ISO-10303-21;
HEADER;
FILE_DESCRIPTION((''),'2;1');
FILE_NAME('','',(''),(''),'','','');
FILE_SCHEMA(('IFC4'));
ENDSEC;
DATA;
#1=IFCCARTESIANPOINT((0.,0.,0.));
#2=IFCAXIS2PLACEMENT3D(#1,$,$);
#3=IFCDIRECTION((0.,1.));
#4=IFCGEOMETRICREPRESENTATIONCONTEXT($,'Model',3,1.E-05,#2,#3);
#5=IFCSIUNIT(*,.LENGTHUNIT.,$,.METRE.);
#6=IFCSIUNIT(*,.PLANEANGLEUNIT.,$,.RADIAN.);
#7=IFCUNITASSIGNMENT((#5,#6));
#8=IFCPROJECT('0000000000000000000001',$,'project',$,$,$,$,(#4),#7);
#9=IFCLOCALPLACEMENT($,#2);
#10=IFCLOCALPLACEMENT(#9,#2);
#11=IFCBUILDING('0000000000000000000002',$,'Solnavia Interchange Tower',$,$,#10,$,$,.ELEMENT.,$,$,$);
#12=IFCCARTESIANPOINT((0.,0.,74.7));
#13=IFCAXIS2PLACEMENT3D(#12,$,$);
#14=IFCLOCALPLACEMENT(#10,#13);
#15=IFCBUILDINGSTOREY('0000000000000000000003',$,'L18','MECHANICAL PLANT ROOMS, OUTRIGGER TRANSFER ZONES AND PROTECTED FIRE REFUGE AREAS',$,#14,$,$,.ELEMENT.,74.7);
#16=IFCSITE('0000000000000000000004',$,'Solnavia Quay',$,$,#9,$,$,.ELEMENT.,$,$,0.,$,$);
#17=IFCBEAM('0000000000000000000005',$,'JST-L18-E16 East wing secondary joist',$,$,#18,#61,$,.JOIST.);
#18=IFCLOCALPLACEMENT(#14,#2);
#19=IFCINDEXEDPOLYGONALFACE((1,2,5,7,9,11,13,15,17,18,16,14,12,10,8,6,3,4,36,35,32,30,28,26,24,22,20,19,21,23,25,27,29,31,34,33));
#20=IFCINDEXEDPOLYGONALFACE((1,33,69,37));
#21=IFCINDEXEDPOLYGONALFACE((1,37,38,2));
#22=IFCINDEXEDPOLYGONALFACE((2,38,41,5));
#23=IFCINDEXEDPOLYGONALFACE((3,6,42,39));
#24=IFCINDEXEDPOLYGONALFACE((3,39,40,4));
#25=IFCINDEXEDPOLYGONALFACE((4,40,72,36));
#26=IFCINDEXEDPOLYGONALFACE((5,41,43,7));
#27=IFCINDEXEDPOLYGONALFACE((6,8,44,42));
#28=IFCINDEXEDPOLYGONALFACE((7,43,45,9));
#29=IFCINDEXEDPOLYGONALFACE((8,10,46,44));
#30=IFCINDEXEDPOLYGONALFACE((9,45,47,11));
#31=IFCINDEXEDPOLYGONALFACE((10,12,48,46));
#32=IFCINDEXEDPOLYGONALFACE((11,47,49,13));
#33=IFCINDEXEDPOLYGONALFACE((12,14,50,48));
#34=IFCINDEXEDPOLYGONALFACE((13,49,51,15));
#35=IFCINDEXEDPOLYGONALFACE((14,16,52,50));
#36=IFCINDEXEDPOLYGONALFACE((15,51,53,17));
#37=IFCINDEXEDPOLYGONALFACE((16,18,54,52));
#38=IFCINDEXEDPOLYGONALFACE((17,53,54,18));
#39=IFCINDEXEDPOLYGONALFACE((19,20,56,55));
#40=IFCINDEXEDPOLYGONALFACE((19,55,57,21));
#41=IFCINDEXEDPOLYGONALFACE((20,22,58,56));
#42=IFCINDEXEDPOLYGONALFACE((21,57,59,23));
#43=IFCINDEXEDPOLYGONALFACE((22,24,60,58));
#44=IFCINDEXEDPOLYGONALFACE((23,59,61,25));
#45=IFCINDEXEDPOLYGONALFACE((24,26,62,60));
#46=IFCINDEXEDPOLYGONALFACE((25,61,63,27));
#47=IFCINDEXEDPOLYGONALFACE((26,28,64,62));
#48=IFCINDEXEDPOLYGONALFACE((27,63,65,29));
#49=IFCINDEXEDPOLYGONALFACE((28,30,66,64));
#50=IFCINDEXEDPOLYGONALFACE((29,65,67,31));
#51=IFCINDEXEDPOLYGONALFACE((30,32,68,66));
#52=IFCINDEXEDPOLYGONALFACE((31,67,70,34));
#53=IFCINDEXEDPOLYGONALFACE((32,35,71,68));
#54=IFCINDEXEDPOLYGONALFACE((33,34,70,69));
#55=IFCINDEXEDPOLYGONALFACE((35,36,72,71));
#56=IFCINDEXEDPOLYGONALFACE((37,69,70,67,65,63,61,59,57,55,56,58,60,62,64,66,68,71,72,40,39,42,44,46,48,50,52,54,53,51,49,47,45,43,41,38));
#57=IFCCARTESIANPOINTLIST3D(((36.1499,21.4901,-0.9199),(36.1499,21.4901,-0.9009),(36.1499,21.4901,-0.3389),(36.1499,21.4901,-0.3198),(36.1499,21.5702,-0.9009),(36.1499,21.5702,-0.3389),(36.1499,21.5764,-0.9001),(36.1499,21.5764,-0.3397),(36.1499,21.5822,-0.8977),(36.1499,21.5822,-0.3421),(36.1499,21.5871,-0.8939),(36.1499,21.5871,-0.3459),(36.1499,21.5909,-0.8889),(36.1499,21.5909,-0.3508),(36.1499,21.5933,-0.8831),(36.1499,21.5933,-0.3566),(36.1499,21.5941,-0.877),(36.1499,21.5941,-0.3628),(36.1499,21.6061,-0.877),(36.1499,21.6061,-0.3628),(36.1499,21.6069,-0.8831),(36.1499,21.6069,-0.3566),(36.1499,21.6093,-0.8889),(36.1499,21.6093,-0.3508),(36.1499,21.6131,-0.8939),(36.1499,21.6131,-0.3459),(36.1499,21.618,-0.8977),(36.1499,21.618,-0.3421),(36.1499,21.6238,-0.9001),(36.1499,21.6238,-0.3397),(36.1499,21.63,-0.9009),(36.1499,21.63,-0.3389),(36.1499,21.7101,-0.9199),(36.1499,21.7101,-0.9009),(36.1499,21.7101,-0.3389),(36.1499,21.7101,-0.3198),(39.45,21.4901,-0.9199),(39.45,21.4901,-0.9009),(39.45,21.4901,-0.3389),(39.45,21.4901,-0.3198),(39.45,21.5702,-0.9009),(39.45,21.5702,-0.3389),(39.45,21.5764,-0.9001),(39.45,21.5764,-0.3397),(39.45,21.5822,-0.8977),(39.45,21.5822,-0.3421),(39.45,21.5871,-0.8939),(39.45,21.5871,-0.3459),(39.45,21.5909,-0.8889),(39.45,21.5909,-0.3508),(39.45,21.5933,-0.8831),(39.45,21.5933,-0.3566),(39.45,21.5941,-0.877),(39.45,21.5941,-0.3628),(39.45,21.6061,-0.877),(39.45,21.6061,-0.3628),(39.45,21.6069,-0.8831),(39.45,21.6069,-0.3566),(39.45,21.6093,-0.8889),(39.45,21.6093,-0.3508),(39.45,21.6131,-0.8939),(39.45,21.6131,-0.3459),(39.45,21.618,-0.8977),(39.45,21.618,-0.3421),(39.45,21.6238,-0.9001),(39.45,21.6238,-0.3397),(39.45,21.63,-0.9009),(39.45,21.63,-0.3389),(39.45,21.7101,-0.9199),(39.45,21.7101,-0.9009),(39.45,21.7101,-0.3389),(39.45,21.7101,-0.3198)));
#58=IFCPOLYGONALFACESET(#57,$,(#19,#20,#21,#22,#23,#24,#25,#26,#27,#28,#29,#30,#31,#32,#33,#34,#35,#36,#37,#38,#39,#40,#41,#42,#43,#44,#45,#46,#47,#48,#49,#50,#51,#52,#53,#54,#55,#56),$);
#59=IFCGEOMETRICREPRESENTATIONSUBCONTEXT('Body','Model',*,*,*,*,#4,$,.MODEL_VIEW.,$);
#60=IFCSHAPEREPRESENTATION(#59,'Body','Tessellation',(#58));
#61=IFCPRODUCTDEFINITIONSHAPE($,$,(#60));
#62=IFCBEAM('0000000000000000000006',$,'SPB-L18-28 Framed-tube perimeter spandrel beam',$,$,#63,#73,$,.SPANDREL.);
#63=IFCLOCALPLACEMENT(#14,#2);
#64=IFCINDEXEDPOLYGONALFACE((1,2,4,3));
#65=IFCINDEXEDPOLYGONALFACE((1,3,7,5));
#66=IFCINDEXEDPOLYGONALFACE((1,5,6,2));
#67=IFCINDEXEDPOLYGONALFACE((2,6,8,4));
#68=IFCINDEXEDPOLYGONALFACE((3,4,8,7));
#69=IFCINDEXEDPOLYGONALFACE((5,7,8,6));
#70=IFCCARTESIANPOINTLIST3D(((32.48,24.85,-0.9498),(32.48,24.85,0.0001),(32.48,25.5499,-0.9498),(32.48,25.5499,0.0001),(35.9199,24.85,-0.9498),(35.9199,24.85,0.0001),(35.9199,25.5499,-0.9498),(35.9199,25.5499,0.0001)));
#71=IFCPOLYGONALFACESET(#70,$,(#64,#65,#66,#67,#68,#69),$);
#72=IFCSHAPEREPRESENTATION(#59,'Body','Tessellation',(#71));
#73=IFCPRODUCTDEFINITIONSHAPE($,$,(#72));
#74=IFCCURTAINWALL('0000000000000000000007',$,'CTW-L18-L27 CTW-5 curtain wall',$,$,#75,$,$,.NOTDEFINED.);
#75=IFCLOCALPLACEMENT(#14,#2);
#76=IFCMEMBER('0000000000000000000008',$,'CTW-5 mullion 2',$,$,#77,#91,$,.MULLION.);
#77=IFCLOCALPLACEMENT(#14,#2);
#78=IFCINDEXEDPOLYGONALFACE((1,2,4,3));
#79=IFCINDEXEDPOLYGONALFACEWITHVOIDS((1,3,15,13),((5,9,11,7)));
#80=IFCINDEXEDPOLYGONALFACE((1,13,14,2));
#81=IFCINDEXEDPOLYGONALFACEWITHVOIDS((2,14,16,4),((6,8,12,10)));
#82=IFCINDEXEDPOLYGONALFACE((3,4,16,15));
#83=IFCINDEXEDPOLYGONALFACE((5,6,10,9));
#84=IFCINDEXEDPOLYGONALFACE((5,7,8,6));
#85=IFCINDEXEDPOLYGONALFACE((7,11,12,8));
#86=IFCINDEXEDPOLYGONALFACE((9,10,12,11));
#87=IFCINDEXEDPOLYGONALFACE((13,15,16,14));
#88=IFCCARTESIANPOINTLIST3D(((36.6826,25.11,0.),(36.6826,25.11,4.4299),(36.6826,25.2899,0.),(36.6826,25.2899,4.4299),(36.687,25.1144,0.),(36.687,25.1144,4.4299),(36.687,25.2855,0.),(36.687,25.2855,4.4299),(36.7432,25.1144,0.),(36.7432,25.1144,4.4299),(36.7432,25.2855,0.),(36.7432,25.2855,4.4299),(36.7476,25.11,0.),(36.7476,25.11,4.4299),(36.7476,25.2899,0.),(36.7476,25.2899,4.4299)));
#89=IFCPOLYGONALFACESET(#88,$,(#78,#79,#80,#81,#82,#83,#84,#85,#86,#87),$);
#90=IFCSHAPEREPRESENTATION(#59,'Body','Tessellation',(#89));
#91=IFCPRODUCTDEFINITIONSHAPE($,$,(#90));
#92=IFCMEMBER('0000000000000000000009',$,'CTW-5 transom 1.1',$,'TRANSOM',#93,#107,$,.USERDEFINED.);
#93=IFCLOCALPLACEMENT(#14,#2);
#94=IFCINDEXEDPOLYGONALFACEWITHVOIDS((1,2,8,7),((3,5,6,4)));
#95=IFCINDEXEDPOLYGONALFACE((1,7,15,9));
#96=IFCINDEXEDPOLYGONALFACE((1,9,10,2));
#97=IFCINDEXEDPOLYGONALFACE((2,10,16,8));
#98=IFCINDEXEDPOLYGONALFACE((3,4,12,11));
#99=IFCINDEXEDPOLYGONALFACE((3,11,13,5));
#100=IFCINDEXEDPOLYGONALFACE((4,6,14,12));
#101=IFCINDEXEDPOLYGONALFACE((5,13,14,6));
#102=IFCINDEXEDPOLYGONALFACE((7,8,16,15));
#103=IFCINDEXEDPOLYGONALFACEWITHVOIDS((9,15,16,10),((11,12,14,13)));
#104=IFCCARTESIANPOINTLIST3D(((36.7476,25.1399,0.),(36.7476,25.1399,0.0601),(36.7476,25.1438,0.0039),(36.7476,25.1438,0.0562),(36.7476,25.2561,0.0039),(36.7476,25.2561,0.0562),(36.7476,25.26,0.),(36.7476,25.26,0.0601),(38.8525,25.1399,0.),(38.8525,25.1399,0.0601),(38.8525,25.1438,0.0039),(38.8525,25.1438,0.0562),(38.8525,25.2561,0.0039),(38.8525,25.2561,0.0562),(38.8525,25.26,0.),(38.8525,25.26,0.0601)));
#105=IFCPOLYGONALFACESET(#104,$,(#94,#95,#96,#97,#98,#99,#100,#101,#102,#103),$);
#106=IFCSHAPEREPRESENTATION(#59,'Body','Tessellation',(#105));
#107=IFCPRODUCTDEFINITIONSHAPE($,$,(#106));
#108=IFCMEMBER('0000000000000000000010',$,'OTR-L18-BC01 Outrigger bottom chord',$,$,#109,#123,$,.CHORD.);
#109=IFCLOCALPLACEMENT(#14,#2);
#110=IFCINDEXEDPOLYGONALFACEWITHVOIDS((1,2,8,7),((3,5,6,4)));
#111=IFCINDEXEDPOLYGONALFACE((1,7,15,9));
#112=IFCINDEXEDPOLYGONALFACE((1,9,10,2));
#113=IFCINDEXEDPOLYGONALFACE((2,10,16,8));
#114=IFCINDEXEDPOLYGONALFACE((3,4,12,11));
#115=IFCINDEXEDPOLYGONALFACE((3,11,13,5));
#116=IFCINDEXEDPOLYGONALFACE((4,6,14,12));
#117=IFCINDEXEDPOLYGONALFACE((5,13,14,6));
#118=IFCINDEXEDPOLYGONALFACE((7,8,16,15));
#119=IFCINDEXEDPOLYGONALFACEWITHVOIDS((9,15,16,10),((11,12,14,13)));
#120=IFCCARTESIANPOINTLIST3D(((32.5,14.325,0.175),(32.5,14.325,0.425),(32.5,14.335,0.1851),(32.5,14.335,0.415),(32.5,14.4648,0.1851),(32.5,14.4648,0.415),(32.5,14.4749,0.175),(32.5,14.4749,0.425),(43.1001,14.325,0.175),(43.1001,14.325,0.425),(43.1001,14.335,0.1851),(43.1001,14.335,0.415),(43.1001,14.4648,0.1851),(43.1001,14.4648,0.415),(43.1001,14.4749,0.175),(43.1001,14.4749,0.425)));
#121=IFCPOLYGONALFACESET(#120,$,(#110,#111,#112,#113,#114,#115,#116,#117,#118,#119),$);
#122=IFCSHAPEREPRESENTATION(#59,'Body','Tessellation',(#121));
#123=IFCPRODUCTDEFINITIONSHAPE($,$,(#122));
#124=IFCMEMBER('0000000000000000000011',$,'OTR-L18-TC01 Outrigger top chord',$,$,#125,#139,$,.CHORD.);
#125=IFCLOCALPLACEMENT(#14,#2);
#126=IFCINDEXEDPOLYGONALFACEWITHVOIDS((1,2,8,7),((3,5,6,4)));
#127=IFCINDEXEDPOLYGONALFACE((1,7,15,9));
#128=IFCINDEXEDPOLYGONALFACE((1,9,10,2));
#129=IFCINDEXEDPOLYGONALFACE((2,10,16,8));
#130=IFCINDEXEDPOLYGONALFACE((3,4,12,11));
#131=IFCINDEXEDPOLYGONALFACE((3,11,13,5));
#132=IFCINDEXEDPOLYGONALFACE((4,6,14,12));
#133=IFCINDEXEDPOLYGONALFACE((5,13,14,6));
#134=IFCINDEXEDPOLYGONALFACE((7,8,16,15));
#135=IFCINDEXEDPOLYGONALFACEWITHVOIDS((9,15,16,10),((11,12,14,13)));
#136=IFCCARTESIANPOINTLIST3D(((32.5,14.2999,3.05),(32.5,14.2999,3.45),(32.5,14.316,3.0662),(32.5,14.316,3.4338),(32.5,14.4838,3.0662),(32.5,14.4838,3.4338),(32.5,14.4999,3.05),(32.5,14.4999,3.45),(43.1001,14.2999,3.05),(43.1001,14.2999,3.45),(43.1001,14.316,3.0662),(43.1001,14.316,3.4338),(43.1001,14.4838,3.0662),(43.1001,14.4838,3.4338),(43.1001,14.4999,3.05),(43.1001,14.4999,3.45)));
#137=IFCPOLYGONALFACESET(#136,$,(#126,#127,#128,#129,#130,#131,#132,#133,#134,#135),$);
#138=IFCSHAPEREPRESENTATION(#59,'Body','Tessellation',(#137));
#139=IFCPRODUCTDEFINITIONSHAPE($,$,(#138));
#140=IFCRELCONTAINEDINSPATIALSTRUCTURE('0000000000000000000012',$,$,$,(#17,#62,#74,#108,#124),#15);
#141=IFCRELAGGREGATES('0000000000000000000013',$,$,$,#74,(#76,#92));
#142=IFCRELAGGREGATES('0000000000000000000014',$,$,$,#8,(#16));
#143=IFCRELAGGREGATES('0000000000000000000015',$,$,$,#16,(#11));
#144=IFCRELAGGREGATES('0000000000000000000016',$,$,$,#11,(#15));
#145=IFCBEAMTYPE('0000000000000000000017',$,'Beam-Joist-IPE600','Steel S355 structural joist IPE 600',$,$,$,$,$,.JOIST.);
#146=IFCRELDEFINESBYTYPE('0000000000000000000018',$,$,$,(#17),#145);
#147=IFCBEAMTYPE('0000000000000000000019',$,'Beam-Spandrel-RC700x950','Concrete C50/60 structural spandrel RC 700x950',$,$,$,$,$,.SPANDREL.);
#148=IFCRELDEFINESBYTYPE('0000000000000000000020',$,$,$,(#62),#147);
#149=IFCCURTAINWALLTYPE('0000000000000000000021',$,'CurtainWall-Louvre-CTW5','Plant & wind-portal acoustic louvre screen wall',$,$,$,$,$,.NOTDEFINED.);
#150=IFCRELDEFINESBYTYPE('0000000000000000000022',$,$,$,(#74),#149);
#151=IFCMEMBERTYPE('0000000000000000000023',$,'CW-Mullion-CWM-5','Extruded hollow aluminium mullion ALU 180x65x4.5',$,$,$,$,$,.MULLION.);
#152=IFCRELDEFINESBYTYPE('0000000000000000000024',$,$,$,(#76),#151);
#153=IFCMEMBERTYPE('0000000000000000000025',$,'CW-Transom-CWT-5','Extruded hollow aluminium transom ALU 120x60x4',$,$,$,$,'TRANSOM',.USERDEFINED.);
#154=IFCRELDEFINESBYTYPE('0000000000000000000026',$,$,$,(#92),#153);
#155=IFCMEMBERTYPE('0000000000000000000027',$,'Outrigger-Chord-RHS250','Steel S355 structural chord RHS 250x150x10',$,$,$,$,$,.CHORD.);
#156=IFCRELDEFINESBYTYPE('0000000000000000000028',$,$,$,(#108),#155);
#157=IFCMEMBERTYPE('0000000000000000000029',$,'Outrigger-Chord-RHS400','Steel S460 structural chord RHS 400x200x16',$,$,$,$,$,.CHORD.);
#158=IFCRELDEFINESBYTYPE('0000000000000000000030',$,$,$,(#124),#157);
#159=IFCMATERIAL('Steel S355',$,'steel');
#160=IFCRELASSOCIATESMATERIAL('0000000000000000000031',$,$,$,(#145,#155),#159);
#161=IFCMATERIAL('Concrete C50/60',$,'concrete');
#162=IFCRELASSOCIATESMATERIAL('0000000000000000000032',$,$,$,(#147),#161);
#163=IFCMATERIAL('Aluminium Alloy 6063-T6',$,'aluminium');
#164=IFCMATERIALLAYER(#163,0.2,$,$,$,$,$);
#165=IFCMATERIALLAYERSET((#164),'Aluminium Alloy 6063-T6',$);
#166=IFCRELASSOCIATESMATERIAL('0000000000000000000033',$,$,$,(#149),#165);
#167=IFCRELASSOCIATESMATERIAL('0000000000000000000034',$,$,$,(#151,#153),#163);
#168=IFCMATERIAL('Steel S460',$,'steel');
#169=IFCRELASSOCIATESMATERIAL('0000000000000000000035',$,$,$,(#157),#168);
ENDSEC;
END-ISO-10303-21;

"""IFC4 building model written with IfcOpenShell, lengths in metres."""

from ifc_helpers import new_model, si_unit, direction, frame, origin, origin_2d, place, context, subcontext, project, spatial, rectangle, hollow_rectangle, i_section, extrude, material, layer, layer_set, material_profile, profile_set, type_object, element, aggregate, save


model = new_model("IFC4")

# Units and contexts
model_context = context("Model", 3, precision=1e-05, world=origin(), true_north=direction((0.0, 1.0)))
body_context = subcontext(model_context, "Body", "Model", "MODEL_VIEW")
ifc_project = project(units=[si_unit("LENGTHUNIT", "METRE"), si_unit("PLANEANGLEUNIT", "RADIAN")], contexts=[model_context])

# Site, building, storey
site_placement = place(None, origin())
site = spatial("IfcSite", under=ifc_project, at=site_placement, Name="Solnavia Quay", CompositionType="ELEMENT", RefElevation=0.0)
building_placement = place(site_placement, origin())
building = spatial("IfcBuilding", under=site, at=building_placement, Name="Solnavia Interchange Tower", CompositionType="ELEMENT")
storey_placement = place(building_placement, frame((0.0, 0.0, 74.7)))
storey = spatial("IfcBuildingStorey", under=building, at=storey_placement, Name="L18", Description="MECHANICAL PLANT ROOMS, OUTRIGGER TRANSFER ZONES AND PROTECTED FIRE REFUGE AREAS", CompositionType="ELEMENT", Elevation=74.7)

# Shared definitions
ifc_material_1 = material(Name="Steel S355", Category="steel")

# Beams
ifc_material_2 = material(Name="Concrete C50/60", Category="concrete")
ifc_material_profile_1 = material_profile(ifc_material_1, i_section(OverallWidth=0.22, OverallDepth=0.6001, WebThickness=0.012, FlangeThickness=0.019, FilletRadius=0.0239, at=origin_2d()), Name="IPE 600")
ifc_profile_set_1 = profile_set([ifc_material_profile_1], Name="Steel S355")
beam_type_1 = type_object("IfcBeamType", Name="Beam-Joist-IPE600", Description="Steel S355 structural joist IPE 600", PredefinedType="JOIST", material=ifc_profile_set_1)
beam_1_placement = place(storey_placement, frame((36.1499, 21.6001, -0.6199), z_axis=(1.0, 0.0, 0.0), x_axis=(0.0, 1.0, 0.0)))
element("IfcBeam", 1, at=beam_1_placement, inside=storey, type_object=beam_type_1, Name="JST-L18-E16 East wing secondary joist", PredefinedType="JOIST", context=body_context, shape_type="SweptSolid", body=[
    extrude(i_section(OverallWidth=0.22, OverallDepth=0.6001, WebThickness=0.012, FlangeThickness=0.019, FilletRadius=0.0239, at=origin_2d()), origin(), (0.0, 0.0, 1.0), 3.3),
])
ifc_material_profile_2 = material_profile(ifc_material_2, rectangle(XDim=0.7, YDim=0.95, at=origin_2d()), Name="RC 700x950")
ifc_profile_set_2 = profile_set([ifc_material_profile_2], Name="Concrete C50/60")
beam_type_2 = type_object("IfcBeamType", Name="Beam-Spandrel-RC700x950", Description="Concrete C50/60 structural spandrel RC 700x950", PredefinedType="SPANDREL", material=ifc_profile_set_2)
beam_2_placement = place(storey_placement, frame((35.9199, 25.2, -0.4749), z_axis=(-1.0, 0.0, 0.0), x_axis=(0.0, -1.0, 0.0)))
element("IfcBeam", 2, at=beam_2_placement, inside=storey, type_object=beam_type_2, Name="SPB-L18-28 Framed-tube perimeter spandrel beam", PredefinedType="SPANDREL", context=body_context, shape_type="SweptSolid", body=[
    extrude(rectangle(XDim=0.7, YDim=0.95, at=origin_2d()), origin(), (0.0, 0.0, 1.0), 3.4399),
])

# Curtain wall, members
ifc_material_3 = material(Name="Aluminium Alloy 6063-T6", Category="aluminium")
ifc_layer_1 = layer(ifc_material_3, 0.2)
ifc_layer_set_1 = layer_set([ifc_layer_1], Name="Aluminium Alloy 6063-T6")
curtain_wall_type = type_object("IfcCurtainWallType", Name="CurtainWall-Louvre-CTW5", Description="Plant & wind-portal acoustic louvre screen wall", PredefinedType="NOTDEFINED", material=ifc_layer_set_1)
curtain_wall_placement = place(storey_placement, origin())
curtain_wall = element("IfcCurtainWall", 3, at=curtain_wall_placement, inside=storey, type_object=curtain_wall_type, Name="CTW-L18-L27 CTW-5 curtain wall", PredefinedType="NOTDEFINED")
ifc_material_profile_3 = material_profile(ifc_material_3, hollow_rectangle(XDim=0.0649, YDim=0.1799, WallThickness=0.0044, at=origin_2d()), Name="ALU 180x65x4.5")
ifc_profile_set_3 = profile_set([ifc_material_profile_3], Name="Aluminium Alloy 6063-T6")
member_type_1 = type_object("IfcMemberType", Name="CW-Mullion-CWM-5", Description="Extruded hollow aluminium mullion ALU 180x65x4.5", PredefinedType="MULLION", material=ifc_profile_set_3)
member_1_placement = place(storey_placement, frame((36.7151, 25.2, 0.0), z_axis=(0.0, 0.0, 1.0), x_axis=(-1.0, 0.0, 0.0)))
member_1 = element("IfcMember", 4, at=member_1_placement, type_object=member_type_1, Name="CTW-5 mullion 2", PredefinedType="MULLION", context=body_context, shape_type="SweptSolid", body=[
    extrude(hollow_rectangle(XDim=0.0649, YDim=0.1799, WallThickness=0.0044, at=origin_2d()), origin(), (0.0, 0.0, 1.0), 4.4299),
])
ifc_material_profile_4 = material_profile(ifc_material_3, hollow_rectangle(XDim=0.0601, YDim=0.1201, WallThickness=0.0039, at=origin_2d()), Name="ALU 120x60x4")
ifc_profile_set_4 = profile_set([ifc_material_profile_4], Name="Aluminium Alloy 6063-T6")
member_type_2 = type_object("IfcMemberType", Name="CW-Transom-CWT-5", Description="Extruded hollow aluminium transom ALU 120x60x4", ElementType="TRANSOM", PredefinedType="USERDEFINED", material=ifc_profile_set_4)
member_2_placement = place(storey_placement, frame((38.8525, 25.2, 0.03), z_axis=(-1.0, 0.0, 0.0), x_axis=(0.0, 0.0, 1.0)))
member_2 = element("IfcMember", 5, at=member_2_placement, type_object=member_type_2, Name="CTW-5 transom 1.1", ObjectType="TRANSOM", PredefinedType="USERDEFINED", context=body_context, shape_type="SweptSolid", body=[
    extrude(hollow_rectangle(XDim=0.0601, YDim=0.1201, WallThickness=0.0039, at=origin_2d()), origin(), (0.0, 0.0, 1.0), 2.105),
])

# Members
ifc_material_profile_5 = material_profile(ifc_material_1, hollow_rectangle(XDim=0.1499, YDim=0.25, WallThickness=0.01, at=origin_2d()), Name="RHS 250x150x10")
ifc_profile_set_5 = profile_set([ifc_material_profile_5], Name="Steel S355")
member_type_3 = type_object("IfcMemberType", Name="Outrigger-Chord-RHS250", Description="Steel S355 structural chord RHS 250x150x10", PredefinedType="CHORD", material=ifc_profile_set_5)
member_3_placement = place(storey_placement, frame((32.5, 14.3999, 0.3), z_axis=(1.0, 0.0, 0.0), x_axis=(0.0, 1.0, 0.0)))
element("IfcMember", 6, at=member_3_placement, inside=storey, type_object=member_type_3, Name="OTR-L18-BC01 Outrigger bottom chord", PredefinedType="CHORD", context=body_context, shape_type="SweptSolid", body=[
    extrude(hollow_rectangle(XDim=0.1499, YDim=0.25, WallThickness=0.01, at=origin_2d()), origin(), (0.0, 0.0, 1.0), 10.6001),
])
ifc_material_4 = material(Name="Steel S460", Category="steel")
ifc_material_profile_6 = material_profile(ifc_material_4, hollow_rectangle(XDim=0.2, YDim=0.3999, WallThickness=0.0161, at=origin_2d()), Name="RHS 400x200x16")
ifc_profile_set_6 = profile_set([ifc_material_profile_6], Name="Steel S460")
member_type_4 = type_object("IfcMemberType", Name="Outrigger-Chord-RHS400", Description="Steel S460 structural chord RHS 400x200x16", PredefinedType="CHORD", material=ifc_profile_set_6)
member_4_placement = place(storey_placement, frame((32.5, 14.3999, 3.25), z_axis=(1.0, 0.0, 0.0), x_axis=(0.0, 1.0, 0.0)))
element("IfcMember", 7, at=member_4_placement, inside=storey, type_object=member_type_4, Name="OTR-L18-TC01 Outrigger top chord", PredefinedType="CHORD", context=body_context, shape_type="SweptSolid", body=[
    extrude(hollow_rectangle(XDim=0.2, YDim=0.3999, WallThickness=0.0161, at=origin_2d()), origin(), (0.0, 0.0, 1.0), 10.6001),
])

aggregate(curtain_wall, [member_1, member_2])

save(model, "model.ifc")
